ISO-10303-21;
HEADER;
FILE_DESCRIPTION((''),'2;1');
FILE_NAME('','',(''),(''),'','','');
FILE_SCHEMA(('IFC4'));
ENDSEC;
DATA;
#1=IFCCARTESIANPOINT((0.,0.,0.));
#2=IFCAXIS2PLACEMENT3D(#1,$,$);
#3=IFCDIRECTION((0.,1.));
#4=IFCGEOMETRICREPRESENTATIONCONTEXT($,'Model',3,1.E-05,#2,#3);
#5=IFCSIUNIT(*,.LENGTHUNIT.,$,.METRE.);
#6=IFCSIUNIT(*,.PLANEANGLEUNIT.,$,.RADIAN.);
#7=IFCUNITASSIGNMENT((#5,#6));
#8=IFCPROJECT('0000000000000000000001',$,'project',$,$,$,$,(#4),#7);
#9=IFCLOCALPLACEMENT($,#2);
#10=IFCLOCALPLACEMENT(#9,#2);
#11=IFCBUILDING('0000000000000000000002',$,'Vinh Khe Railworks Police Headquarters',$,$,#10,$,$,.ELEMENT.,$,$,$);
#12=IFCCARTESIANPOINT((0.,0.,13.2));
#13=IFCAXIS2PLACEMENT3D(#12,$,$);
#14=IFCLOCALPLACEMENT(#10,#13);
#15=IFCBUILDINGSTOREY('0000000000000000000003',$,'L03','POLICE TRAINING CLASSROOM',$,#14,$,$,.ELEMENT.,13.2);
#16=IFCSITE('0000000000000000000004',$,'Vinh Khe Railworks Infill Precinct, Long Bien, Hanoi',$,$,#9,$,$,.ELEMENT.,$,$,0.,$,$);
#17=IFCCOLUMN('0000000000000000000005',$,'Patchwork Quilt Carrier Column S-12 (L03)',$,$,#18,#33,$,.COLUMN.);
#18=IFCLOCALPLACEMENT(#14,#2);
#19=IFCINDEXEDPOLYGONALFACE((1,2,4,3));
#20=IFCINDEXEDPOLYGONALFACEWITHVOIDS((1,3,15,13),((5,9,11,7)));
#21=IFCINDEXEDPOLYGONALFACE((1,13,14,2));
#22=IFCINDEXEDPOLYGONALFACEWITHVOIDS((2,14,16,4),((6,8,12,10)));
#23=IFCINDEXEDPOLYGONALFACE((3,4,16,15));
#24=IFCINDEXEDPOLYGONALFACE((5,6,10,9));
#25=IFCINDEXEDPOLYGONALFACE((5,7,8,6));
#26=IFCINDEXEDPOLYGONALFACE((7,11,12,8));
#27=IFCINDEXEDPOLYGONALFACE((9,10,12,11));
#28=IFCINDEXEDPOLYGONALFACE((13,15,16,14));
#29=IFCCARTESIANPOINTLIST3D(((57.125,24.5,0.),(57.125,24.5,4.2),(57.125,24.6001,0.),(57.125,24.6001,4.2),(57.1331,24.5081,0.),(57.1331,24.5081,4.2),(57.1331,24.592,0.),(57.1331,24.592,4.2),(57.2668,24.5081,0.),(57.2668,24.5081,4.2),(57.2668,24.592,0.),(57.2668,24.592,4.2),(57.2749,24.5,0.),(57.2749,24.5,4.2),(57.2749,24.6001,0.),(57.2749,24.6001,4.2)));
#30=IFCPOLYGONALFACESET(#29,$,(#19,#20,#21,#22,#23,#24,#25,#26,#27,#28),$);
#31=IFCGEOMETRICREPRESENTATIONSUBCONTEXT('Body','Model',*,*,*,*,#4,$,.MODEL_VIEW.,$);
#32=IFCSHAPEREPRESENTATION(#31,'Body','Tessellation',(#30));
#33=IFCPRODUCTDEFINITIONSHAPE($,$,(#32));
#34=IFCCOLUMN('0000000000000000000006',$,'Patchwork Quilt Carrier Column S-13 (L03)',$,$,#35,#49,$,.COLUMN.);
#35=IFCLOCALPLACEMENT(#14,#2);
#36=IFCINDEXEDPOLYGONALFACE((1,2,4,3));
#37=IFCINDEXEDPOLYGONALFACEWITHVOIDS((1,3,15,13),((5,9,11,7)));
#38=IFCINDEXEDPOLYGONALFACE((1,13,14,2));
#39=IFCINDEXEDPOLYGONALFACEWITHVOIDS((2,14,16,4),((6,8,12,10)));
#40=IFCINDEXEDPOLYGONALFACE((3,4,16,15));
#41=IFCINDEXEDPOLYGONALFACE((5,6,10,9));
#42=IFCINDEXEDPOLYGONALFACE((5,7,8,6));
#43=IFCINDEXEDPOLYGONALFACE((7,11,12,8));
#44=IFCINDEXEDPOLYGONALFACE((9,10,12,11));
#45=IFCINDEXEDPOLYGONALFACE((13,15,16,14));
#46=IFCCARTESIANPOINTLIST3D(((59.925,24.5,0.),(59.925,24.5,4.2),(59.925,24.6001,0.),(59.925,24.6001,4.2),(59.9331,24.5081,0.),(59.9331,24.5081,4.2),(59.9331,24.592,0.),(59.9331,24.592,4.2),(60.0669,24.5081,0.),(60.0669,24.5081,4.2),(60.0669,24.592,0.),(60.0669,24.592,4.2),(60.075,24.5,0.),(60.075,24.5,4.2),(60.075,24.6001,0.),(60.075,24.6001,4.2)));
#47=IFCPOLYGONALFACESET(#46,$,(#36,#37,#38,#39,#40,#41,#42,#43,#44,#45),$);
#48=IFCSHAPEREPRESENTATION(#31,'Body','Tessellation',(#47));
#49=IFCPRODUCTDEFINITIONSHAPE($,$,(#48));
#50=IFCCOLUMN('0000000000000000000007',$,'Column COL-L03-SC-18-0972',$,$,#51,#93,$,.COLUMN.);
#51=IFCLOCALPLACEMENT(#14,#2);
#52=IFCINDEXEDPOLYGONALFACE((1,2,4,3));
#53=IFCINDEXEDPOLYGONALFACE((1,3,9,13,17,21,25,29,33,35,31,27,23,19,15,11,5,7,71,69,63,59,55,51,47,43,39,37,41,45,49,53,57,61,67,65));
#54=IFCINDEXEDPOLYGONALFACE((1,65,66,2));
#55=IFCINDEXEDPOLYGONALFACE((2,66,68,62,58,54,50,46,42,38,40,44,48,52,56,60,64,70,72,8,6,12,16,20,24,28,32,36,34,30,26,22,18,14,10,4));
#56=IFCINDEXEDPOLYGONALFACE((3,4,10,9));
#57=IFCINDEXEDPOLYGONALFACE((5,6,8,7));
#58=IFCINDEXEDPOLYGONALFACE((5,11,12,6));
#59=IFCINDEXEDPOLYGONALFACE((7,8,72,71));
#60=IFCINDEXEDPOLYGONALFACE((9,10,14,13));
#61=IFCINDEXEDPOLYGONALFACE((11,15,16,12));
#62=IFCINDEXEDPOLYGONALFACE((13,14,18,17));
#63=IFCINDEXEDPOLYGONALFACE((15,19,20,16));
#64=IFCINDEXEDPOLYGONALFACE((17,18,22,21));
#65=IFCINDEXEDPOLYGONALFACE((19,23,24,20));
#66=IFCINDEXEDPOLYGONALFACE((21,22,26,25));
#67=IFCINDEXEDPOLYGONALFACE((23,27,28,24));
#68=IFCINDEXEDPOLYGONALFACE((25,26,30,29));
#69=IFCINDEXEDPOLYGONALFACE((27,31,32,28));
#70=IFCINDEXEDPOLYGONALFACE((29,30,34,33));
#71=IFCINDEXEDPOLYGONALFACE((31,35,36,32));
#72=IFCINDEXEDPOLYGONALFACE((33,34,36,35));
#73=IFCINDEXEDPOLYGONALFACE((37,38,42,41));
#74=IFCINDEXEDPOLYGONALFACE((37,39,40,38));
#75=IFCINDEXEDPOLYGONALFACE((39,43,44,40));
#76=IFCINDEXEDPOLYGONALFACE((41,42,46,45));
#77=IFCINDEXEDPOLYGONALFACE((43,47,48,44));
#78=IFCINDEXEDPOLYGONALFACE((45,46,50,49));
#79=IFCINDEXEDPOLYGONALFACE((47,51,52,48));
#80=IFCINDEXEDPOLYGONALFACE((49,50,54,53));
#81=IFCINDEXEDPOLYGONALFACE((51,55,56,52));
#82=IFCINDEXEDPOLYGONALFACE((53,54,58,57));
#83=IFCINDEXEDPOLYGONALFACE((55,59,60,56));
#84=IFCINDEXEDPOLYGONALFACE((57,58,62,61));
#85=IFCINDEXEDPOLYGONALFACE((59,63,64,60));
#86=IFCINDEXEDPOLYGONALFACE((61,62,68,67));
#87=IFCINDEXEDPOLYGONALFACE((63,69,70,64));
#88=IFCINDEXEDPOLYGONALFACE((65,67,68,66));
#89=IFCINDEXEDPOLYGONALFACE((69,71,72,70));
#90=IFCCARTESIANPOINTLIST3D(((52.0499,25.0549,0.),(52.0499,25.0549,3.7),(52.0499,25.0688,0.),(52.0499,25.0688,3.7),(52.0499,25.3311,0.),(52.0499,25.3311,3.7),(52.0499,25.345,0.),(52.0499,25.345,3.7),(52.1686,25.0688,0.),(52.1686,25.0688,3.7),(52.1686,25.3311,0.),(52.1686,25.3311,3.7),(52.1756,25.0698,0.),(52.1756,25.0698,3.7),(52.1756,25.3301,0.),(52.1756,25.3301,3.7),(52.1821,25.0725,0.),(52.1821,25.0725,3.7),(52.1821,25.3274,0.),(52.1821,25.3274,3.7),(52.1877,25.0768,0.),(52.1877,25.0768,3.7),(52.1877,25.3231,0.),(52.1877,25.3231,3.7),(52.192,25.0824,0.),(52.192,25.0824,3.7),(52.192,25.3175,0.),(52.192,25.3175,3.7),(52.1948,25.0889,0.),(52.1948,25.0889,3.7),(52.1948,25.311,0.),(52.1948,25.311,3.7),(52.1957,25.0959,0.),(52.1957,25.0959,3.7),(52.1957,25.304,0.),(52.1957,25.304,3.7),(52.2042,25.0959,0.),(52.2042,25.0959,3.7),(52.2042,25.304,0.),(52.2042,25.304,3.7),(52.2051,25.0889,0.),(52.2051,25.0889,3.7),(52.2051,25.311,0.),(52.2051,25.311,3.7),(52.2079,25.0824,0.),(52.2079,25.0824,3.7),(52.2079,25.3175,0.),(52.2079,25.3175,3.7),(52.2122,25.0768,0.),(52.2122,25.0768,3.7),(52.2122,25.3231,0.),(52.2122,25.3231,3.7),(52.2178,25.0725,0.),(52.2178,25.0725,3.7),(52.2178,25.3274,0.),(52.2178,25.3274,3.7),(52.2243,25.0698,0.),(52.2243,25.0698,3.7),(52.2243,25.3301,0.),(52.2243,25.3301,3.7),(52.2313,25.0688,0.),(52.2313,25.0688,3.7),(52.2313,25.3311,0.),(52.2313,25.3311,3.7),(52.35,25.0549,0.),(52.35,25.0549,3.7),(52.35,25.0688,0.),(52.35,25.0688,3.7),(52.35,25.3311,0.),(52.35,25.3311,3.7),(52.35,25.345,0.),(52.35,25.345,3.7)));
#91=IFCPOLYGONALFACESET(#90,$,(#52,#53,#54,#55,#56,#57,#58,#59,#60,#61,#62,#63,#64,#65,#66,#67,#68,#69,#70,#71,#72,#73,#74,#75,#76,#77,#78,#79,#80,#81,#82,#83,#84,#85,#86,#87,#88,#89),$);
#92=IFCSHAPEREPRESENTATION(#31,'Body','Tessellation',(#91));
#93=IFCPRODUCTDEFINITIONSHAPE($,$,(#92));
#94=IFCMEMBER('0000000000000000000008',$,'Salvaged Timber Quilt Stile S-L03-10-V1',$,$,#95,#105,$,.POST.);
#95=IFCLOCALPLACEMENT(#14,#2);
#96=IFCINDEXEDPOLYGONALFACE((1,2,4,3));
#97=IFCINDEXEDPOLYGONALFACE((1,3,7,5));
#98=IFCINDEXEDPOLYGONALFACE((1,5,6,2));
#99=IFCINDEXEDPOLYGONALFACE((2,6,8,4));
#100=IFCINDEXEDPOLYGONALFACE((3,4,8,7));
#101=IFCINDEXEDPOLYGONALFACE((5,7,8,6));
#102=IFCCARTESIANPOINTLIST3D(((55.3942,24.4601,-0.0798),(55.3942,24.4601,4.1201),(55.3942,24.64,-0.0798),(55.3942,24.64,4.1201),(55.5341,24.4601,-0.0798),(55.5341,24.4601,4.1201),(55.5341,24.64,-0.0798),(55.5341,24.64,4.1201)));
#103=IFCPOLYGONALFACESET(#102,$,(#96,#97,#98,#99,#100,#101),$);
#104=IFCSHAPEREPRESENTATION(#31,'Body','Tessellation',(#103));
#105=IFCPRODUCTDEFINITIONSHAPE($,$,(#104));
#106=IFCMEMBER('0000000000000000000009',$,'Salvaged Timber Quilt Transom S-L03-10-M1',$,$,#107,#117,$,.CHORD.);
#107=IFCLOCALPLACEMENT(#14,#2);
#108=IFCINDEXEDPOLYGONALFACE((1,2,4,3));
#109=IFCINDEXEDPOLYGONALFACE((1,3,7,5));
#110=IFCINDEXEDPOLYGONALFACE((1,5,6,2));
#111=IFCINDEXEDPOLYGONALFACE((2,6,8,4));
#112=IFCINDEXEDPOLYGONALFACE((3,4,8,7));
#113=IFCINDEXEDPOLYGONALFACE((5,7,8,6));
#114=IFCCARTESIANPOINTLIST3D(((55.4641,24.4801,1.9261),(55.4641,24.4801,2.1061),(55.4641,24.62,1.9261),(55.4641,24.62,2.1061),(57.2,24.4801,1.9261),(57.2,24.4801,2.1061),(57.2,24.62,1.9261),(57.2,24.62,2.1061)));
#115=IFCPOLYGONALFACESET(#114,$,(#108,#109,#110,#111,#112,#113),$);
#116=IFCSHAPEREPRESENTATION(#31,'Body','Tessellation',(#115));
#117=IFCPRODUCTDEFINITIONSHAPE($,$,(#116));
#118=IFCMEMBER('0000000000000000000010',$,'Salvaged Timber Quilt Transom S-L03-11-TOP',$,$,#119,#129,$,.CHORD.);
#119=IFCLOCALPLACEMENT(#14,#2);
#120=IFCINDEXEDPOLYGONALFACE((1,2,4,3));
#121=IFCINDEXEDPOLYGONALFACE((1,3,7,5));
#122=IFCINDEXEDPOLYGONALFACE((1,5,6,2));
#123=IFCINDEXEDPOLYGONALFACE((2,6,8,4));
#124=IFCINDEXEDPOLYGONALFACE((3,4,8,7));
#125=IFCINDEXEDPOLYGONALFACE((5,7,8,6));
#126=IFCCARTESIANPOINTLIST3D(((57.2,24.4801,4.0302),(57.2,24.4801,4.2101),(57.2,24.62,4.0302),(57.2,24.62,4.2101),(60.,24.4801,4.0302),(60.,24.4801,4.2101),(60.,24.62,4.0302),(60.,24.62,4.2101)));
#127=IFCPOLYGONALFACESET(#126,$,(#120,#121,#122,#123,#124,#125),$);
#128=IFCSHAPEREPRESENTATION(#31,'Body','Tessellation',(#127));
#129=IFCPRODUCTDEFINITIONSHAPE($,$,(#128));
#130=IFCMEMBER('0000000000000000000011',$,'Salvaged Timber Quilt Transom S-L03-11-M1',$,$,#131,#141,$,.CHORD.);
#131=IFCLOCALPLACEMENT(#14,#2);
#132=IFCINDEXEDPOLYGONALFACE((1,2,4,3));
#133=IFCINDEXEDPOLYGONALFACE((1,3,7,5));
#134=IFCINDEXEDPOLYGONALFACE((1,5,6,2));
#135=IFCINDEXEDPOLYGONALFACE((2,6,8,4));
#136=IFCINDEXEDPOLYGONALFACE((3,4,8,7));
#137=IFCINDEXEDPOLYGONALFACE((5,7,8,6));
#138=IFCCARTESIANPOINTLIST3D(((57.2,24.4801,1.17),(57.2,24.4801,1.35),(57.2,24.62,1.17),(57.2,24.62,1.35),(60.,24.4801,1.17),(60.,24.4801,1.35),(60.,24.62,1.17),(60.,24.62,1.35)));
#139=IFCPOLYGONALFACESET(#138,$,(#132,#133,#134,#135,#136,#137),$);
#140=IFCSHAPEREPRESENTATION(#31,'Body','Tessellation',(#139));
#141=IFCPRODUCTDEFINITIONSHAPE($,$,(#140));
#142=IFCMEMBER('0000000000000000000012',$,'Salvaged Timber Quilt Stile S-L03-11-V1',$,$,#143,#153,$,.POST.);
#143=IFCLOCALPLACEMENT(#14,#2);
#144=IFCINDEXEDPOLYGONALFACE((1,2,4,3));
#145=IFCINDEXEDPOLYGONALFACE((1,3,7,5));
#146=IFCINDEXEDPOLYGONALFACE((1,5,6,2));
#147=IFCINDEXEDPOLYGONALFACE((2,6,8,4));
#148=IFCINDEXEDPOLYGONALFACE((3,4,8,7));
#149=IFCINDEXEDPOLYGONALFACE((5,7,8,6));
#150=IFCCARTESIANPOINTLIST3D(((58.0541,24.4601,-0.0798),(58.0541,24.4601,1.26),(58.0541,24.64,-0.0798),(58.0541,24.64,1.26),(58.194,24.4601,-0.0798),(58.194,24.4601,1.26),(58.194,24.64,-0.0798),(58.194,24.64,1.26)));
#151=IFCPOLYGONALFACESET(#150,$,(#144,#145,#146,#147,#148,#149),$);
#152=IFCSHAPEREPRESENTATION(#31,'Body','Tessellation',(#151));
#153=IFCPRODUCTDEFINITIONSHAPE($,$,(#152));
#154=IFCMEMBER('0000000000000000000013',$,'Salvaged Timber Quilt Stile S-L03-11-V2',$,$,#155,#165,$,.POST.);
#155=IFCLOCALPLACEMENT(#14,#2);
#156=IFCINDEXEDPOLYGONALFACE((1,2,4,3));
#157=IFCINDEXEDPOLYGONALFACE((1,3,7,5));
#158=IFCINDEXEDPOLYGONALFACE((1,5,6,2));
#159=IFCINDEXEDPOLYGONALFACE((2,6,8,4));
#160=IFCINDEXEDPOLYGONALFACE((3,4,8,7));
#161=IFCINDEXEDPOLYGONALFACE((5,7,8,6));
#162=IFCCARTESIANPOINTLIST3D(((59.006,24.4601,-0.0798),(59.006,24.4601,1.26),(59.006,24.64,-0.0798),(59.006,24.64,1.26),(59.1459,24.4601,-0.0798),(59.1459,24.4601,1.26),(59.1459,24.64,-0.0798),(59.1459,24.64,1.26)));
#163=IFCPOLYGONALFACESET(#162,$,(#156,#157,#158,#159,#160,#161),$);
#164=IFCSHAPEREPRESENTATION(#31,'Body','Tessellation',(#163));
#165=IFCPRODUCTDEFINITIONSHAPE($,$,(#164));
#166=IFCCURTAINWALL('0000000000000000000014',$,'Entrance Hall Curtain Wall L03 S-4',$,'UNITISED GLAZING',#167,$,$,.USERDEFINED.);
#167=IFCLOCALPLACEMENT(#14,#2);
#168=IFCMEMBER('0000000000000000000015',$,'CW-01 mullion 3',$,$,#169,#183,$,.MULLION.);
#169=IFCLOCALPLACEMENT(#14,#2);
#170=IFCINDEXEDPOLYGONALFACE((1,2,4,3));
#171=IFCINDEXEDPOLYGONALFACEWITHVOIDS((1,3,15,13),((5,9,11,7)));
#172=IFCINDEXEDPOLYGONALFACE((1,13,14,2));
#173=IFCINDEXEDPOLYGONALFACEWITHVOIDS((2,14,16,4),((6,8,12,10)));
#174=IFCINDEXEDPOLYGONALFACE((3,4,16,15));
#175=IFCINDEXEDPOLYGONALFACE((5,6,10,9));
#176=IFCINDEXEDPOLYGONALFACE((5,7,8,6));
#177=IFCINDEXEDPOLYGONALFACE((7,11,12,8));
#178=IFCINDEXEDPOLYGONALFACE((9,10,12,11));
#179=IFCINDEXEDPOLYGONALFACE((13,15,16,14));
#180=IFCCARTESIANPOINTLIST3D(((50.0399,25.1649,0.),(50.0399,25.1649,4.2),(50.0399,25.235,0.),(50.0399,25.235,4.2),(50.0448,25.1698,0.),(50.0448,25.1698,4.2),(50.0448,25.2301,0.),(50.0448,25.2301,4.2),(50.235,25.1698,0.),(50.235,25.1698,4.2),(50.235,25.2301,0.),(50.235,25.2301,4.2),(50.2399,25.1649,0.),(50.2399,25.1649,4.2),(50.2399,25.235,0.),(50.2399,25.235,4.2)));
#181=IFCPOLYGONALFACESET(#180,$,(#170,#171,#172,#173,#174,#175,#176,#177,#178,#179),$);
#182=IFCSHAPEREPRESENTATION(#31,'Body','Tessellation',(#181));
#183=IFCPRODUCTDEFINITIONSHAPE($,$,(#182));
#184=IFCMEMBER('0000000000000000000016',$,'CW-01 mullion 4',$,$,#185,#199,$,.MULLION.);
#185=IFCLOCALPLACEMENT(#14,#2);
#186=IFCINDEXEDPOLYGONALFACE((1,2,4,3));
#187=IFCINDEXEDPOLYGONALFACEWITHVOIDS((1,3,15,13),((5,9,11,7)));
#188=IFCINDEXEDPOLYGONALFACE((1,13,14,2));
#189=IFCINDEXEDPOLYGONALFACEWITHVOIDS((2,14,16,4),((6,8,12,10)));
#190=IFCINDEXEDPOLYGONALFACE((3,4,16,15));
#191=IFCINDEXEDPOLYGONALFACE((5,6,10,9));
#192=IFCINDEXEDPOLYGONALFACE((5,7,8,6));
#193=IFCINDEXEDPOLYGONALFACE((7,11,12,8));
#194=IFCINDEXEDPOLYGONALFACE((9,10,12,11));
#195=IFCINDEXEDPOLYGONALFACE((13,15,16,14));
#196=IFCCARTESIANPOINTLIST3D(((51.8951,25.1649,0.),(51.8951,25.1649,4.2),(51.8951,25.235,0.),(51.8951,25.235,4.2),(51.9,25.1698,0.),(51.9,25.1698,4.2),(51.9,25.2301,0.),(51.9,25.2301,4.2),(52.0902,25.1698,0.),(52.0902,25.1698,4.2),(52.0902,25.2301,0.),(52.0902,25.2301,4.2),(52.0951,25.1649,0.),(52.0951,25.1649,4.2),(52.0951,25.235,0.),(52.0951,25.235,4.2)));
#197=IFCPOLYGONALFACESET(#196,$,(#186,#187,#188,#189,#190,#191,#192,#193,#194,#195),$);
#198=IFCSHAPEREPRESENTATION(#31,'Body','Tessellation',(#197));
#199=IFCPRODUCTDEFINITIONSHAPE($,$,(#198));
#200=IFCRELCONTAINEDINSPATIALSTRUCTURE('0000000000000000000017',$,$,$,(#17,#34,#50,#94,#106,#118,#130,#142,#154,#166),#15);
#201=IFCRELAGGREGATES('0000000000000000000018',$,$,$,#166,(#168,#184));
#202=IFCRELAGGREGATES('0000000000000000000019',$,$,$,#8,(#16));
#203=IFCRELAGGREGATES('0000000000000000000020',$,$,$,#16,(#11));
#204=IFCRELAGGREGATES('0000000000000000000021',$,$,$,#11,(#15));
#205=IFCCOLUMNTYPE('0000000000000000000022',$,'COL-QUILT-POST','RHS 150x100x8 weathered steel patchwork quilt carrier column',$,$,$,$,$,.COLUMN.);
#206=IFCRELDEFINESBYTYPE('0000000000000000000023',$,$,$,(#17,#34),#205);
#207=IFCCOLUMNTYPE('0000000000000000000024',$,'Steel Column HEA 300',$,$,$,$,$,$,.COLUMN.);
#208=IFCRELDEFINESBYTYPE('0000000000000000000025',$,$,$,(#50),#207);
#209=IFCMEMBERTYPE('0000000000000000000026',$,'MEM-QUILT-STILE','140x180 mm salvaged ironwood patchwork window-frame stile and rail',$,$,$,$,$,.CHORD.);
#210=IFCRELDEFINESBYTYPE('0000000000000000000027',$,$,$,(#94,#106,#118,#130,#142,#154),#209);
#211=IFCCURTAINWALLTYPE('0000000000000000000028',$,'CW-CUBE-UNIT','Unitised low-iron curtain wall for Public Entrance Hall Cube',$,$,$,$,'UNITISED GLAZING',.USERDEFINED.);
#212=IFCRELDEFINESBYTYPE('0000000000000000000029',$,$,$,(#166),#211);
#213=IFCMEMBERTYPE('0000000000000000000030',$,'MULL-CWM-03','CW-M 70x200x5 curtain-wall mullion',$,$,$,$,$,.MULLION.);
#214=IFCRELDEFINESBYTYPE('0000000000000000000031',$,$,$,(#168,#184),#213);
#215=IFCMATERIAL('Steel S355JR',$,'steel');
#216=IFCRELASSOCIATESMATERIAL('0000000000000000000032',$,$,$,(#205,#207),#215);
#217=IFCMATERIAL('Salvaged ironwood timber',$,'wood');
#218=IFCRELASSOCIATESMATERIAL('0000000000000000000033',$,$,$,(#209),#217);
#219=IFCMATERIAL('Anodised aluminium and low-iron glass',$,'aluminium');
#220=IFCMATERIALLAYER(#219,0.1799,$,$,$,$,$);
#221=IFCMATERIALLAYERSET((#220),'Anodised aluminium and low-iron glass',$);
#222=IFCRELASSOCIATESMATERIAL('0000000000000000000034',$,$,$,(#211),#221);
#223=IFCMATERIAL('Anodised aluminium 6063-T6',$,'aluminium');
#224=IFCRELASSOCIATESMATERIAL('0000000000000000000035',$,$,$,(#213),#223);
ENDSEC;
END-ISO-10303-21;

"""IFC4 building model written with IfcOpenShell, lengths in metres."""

from ifc_helpers import new_model, si_unit, direction, frame, origin, origin_2d, place, context, subcontext, project, spatial, rectangle, hollow_rectangle, i_section, extrude, material, layer, layer_set, material_profile, profile_set, type_object, element, aggregate, save


model = new_model("IFC4")

# Units and contexts
model_context = context("Model", 3, precision=1e-05, world=origin(), true_north=direction((0.0, 1.0)))
body_context = subcontext(model_context, "Body", "Model", "MODEL_VIEW")
ifc_project = project(units=[si_unit("LENGTHUNIT", "METRE"), si_unit("PLANEANGLEUNIT", "RADIAN")], contexts=[model_context])

# Site, building, storey
site_placement = place(None, origin())
site = spatial("IfcSite", under=ifc_project, at=site_placement, Name="Vinh Khe Railworks Infill Precinct, Long Bien, Hanoi", CompositionType="ELEMENT", RefElevation=0.0)
building_placement = place(site_placement, origin())
building = spatial("IfcBuilding", under=site, at=building_placement, Name="Vinh Khe Railworks Police Headquarters", CompositionType="ELEMENT")
storey_placement = place(building_placement, frame((0.0, 0.0, 13.2)))
storey = spatial("IfcBuildingStorey", under=building, at=storey_placement, Name="L03", Description="POLICE TRAINING CLASSROOM", CompositionType="ELEMENT", Elevation=13.2)

# Columns
ifc_material_1 = material(Name="Steel S355JR", Category="steel")
ifc_material_profile_1 = material_profile(ifc_material_1, hollow_rectangle(XDim=0.1499, YDim=0.1001, WallThickness=0.0081, at=origin_2d()), Name="RHS 150x100x8")
ifc_profile_set_1 = profile_set([ifc_material_profile_1], Name="Steel S355JR")
column_type_1 = type_object("IfcColumnType", Name="COL-QUILT-POST", Description="RHS 150x100x8 weathered steel patchwork quilt carrier column", PredefinedType="COLUMN", material=ifc_profile_set_1)
for number, where, z_axis, x_axis, name in (
    (1, (57.2, 24.55, 0.0), (0.0, 0.0, 1.0), (1.0, 0.0, 0.0), "Patchwork Quilt Carrier Column S-12 (L03)"),
    (2, (60.0, 24.55, 0.0), (0.0, 0.0, 1.0), (1.0, 0.0, 0.0), "Patchwork Quilt Carrier Column S-13 (L03)"),
):
    element("IfcColumn", number, at=place(storey_placement, frame(where, z_axis=z_axis, x_axis=x_axis)), inside=storey, type_object=column_type_1, Name=name, PredefinedType="COLUMN", context=body_context, shape_type="SweptSolid", body=[
        extrude(hollow_rectangle(XDim=0.1499, YDim=0.1001, WallThickness=0.0081, at=origin_2d()), origin(), (0.0, 0.0, 1.0), 4.2),
    ])
ifc_material_profile_2 = material_profile(ifc_material_1, i_section(OverallWidth=0.3, OverallDepth=0.29, WebThickness=0.0085, FlangeThickness=0.0139, FilletRadius=0.0271, at=origin_2d()), Name="HEA 300")
ifc_profile_set_2 = profile_set([ifc_material_profile_2], Name="Steel S355JR")
column_type_2 = type_object("IfcColumnType", Name="Steel Column HEA 300", PredefinedType="COLUMN", material=ifc_profile_set_2)
column_placement = place(storey_placement, frame((52.2, 25.2, 0.0), z_axis=(0.0, 0.0, 1.0), x_axis=(1.0, 0.0, 0.0)))
element("IfcColumn", 3, at=column_placement, inside=storey, type_object=column_type_2, Name="Column COL-L03-SC-18-0972", PredefinedType="COLUMN", context=body_context, shape_type="SweptSolid", body=[
    extrude(i_section(OverallWidth=0.3, OverallDepth=0.29, WebThickness=0.0085, FlangeThickness=0.0139, FilletRadius=0.0271, at=origin_2d()), origin(), (0.0, 0.0, 1.0), 3.7),
])

# Members
ifc_material_2 = material(Name="Salvaged ironwood timber", Category="wood")
ifc_material_profile_3 = material_profile(ifc_material_2, rectangle(XDim=0.1399, YDim=0.1799, at=origin_2d()), Name="TIMBER 140x180")
ifc_profile_set_3 = profile_set([ifc_material_profile_3], Name="Salvaged ironwood timber")
member_type_1 = type_object("IfcMemberType", Name="MEM-QUILT-STILE", Description="140x180 mm salvaged ironwood patchwork window-frame stile and rail", PredefinedType="CHORD", material=ifc_profile_set_3)
member_1_placement = place(storey_placement, frame((55.4641, 24.55, -0.0798), z_axis=(0.0, 0.0, 1.0), x_axis=(1.0, 0.0, 0.0)))
element("IfcMember", 4, at=member_1_placement, inside=storey, type_object=member_type_1, Name="Salvaged Timber Quilt Stile S-L03-10-V1", PredefinedType="POST", context=body_context, shape_type="SweptSolid", body=[
    extrude(rectangle(XDim=0.1399, YDim=0.1799, at=origin_2d()), origin(), (0.0, 0.0, 1.0), 4.2),
])
member_2_placement = place(storey_placement, frame((55.4641, 24.55, 2.0161), z_axis=(1.0, 0.0, 0.0), x_axis=(0.0, 1.0, 0.0)))
element("IfcMember", 5, at=member_2_placement, inside=storey, type_object=member_type_1, Name="Salvaged Timber Quilt Transom S-L03-10-M1", PredefinedType="CHORD", context=body_context, shape_type="SweptSolid", body=[
    extrude(rectangle(XDim=0.1399, YDim=0.1799, at=origin_2d()), origin(), (0.0, 0.0, 1.0), 1.7358),
])
for number, where, z_axis, x_axis, name in (
    (6, (57.2, 24.55, 4.1201), (1.0, 0.0, 0.0), (0.0, 1.0, 0.0), "Salvaged Timber Quilt Transom S-L03-11-TOP"),
    (7, (57.2, 24.55, 1.26), (1.0, 0.0, 0.0), (0.0, 1.0, 0.0), "Salvaged Timber Quilt Transom S-L03-11-M1"),
):
    element("IfcMember", number, at=place(storey_placement, frame(where, z_axis=z_axis, x_axis=x_axis)), inside=storey, type_object=member_type_1, Name=name, PredefinedType="CHORD", context=body_context, shape_type="SweptSolid", body=[
        extrude(rectangle(XDim=0.1399, YDim=0.1799, at=origin_2d()), origin(), (0.0, 0.0, 1.0), 2.8),
    ])
for number, where, z_axis, x_axis, name in (
    (8, (58.124, 24.55, -0.0798), (0.0, 0.0, 1.0), (1.0, 0.0, 0.0), "Salvaged Timber Quilt Stile S-L03-11-V1"),
    (9, (59.0759, 24.55, -0.0798), (0.0, 0.0, 1.0), (1.0, 0.0, 0.0), "Salvaged Timber Quilt Stile S-L03-11-V2"),
):
    element("IfcMember", number, at=place(storey_placement, frame(where, z_axis=z_axis, x_axis=x_axis)), inside=storey, type_object=member_type_1, Name=name, PredefinedType="POST", context=body_context, shape_type="SweptSolid", body=[
        extrude(rectangle(XDim=0.1399, YDim=0.1799, at=origin_2d()), origin(), (0.0, 0.0, 1.0), 1.3398),
    ])

# Curtain wall, members
ifc_material_3 = material(Name="Anodised aluminium and low-iron glass", Category="aluminium")
ifc_layer_1 = layer(ifc_material_3, 0.1799)
ifc_layer_set_1 = layer_set([ifc_layer_1], Name="Anodised aluminium and low-iron glass")
curtain_wall_type = type_object("IfcCurtainWallType", Name="CW-CUBE-UNIT", Description="Unitised low-iron curtain wall for Public Entrance Hall Cube", ElementType="UNITISED GLAZING", PredefinedType="USERDEFINED", material=ifc_layer_set_1)
curtain_wall_placement = place(storey_placement, origin())
curtain_wall = element("IfcCurtainWall", 10, at=curtain_wall_placement, inside=storey, type_object=curtain_wall_type, Name="Entrance Hall Curtain Wall L03 S-4", ObjectType="UNITISED GLAZING", PredefinedType="USERDEFINED")
ifc_material_4 = material(Name="Anodised aluminium 6063-T6", Category="aluminium")
ifc_material_profile_4 = material_profile(ifc_material_4, hollow_rectangle(XDim=0.0701, YDim=0.2, WallThickness=0.0049, at=origin_2d()), Name="CW-M 70x200x5")
ifc_profile_set_4 = profile_set([ifc_material_profile_4], Name="Anodised aluminium 6063-T6")
member_type_2 = type_object("IfcMemberType", Name="MULL-CWM-03", Description="CW-M 70x200x5 curtain-wall mullion", PredefinedType="MULLION", material=ifc_profile_set_4)
member_3_placement = place(storey_placement, frame((50.1399, 25.2, 0.0), z_axis=(0.0, 0.0, 1.0), x_axis=(0.0, 1.0, 0.0)))
member_3 = element("IfcMember", 11, at=member_3_placement, type_object=member_type_2, Name="CW-01 mullion 3", PredefinedType="MULLION", context=body_context, shape_type="SweptSolid", body=[
    extrude(hollow_rectangle(XDim=0.0701, YDim=0.2, WallThickness=0.0049, at=origin_2d()), origin(), (0.0, 0.0, 1.0), 4.2),
])
member_4_placement = place(storey_placement, frame((51.9951, 25.2, 0.0), z_axis=(0.0, 0.0, 1.0), x_axis=(0.0, 1.0, 0.0)))
member_4 = element("IfcMember", 12, at=member_4_placement, type_object=member_type_2, Name="CW-01 mullion 4", PredefinedType="MULLION", context=body_context, shape_type="SweptSolid", body=[
    extrude(hollow_rectangle(XDim=0.0701, YDim=0.2, WallThickness=0.0049, at=origin_2d()), origin(), (0.0, 0.0, 1.0), 4.2),
])

aggregate(curtain_wall, [member_3, member_4])

save(model, "model.ifc")
